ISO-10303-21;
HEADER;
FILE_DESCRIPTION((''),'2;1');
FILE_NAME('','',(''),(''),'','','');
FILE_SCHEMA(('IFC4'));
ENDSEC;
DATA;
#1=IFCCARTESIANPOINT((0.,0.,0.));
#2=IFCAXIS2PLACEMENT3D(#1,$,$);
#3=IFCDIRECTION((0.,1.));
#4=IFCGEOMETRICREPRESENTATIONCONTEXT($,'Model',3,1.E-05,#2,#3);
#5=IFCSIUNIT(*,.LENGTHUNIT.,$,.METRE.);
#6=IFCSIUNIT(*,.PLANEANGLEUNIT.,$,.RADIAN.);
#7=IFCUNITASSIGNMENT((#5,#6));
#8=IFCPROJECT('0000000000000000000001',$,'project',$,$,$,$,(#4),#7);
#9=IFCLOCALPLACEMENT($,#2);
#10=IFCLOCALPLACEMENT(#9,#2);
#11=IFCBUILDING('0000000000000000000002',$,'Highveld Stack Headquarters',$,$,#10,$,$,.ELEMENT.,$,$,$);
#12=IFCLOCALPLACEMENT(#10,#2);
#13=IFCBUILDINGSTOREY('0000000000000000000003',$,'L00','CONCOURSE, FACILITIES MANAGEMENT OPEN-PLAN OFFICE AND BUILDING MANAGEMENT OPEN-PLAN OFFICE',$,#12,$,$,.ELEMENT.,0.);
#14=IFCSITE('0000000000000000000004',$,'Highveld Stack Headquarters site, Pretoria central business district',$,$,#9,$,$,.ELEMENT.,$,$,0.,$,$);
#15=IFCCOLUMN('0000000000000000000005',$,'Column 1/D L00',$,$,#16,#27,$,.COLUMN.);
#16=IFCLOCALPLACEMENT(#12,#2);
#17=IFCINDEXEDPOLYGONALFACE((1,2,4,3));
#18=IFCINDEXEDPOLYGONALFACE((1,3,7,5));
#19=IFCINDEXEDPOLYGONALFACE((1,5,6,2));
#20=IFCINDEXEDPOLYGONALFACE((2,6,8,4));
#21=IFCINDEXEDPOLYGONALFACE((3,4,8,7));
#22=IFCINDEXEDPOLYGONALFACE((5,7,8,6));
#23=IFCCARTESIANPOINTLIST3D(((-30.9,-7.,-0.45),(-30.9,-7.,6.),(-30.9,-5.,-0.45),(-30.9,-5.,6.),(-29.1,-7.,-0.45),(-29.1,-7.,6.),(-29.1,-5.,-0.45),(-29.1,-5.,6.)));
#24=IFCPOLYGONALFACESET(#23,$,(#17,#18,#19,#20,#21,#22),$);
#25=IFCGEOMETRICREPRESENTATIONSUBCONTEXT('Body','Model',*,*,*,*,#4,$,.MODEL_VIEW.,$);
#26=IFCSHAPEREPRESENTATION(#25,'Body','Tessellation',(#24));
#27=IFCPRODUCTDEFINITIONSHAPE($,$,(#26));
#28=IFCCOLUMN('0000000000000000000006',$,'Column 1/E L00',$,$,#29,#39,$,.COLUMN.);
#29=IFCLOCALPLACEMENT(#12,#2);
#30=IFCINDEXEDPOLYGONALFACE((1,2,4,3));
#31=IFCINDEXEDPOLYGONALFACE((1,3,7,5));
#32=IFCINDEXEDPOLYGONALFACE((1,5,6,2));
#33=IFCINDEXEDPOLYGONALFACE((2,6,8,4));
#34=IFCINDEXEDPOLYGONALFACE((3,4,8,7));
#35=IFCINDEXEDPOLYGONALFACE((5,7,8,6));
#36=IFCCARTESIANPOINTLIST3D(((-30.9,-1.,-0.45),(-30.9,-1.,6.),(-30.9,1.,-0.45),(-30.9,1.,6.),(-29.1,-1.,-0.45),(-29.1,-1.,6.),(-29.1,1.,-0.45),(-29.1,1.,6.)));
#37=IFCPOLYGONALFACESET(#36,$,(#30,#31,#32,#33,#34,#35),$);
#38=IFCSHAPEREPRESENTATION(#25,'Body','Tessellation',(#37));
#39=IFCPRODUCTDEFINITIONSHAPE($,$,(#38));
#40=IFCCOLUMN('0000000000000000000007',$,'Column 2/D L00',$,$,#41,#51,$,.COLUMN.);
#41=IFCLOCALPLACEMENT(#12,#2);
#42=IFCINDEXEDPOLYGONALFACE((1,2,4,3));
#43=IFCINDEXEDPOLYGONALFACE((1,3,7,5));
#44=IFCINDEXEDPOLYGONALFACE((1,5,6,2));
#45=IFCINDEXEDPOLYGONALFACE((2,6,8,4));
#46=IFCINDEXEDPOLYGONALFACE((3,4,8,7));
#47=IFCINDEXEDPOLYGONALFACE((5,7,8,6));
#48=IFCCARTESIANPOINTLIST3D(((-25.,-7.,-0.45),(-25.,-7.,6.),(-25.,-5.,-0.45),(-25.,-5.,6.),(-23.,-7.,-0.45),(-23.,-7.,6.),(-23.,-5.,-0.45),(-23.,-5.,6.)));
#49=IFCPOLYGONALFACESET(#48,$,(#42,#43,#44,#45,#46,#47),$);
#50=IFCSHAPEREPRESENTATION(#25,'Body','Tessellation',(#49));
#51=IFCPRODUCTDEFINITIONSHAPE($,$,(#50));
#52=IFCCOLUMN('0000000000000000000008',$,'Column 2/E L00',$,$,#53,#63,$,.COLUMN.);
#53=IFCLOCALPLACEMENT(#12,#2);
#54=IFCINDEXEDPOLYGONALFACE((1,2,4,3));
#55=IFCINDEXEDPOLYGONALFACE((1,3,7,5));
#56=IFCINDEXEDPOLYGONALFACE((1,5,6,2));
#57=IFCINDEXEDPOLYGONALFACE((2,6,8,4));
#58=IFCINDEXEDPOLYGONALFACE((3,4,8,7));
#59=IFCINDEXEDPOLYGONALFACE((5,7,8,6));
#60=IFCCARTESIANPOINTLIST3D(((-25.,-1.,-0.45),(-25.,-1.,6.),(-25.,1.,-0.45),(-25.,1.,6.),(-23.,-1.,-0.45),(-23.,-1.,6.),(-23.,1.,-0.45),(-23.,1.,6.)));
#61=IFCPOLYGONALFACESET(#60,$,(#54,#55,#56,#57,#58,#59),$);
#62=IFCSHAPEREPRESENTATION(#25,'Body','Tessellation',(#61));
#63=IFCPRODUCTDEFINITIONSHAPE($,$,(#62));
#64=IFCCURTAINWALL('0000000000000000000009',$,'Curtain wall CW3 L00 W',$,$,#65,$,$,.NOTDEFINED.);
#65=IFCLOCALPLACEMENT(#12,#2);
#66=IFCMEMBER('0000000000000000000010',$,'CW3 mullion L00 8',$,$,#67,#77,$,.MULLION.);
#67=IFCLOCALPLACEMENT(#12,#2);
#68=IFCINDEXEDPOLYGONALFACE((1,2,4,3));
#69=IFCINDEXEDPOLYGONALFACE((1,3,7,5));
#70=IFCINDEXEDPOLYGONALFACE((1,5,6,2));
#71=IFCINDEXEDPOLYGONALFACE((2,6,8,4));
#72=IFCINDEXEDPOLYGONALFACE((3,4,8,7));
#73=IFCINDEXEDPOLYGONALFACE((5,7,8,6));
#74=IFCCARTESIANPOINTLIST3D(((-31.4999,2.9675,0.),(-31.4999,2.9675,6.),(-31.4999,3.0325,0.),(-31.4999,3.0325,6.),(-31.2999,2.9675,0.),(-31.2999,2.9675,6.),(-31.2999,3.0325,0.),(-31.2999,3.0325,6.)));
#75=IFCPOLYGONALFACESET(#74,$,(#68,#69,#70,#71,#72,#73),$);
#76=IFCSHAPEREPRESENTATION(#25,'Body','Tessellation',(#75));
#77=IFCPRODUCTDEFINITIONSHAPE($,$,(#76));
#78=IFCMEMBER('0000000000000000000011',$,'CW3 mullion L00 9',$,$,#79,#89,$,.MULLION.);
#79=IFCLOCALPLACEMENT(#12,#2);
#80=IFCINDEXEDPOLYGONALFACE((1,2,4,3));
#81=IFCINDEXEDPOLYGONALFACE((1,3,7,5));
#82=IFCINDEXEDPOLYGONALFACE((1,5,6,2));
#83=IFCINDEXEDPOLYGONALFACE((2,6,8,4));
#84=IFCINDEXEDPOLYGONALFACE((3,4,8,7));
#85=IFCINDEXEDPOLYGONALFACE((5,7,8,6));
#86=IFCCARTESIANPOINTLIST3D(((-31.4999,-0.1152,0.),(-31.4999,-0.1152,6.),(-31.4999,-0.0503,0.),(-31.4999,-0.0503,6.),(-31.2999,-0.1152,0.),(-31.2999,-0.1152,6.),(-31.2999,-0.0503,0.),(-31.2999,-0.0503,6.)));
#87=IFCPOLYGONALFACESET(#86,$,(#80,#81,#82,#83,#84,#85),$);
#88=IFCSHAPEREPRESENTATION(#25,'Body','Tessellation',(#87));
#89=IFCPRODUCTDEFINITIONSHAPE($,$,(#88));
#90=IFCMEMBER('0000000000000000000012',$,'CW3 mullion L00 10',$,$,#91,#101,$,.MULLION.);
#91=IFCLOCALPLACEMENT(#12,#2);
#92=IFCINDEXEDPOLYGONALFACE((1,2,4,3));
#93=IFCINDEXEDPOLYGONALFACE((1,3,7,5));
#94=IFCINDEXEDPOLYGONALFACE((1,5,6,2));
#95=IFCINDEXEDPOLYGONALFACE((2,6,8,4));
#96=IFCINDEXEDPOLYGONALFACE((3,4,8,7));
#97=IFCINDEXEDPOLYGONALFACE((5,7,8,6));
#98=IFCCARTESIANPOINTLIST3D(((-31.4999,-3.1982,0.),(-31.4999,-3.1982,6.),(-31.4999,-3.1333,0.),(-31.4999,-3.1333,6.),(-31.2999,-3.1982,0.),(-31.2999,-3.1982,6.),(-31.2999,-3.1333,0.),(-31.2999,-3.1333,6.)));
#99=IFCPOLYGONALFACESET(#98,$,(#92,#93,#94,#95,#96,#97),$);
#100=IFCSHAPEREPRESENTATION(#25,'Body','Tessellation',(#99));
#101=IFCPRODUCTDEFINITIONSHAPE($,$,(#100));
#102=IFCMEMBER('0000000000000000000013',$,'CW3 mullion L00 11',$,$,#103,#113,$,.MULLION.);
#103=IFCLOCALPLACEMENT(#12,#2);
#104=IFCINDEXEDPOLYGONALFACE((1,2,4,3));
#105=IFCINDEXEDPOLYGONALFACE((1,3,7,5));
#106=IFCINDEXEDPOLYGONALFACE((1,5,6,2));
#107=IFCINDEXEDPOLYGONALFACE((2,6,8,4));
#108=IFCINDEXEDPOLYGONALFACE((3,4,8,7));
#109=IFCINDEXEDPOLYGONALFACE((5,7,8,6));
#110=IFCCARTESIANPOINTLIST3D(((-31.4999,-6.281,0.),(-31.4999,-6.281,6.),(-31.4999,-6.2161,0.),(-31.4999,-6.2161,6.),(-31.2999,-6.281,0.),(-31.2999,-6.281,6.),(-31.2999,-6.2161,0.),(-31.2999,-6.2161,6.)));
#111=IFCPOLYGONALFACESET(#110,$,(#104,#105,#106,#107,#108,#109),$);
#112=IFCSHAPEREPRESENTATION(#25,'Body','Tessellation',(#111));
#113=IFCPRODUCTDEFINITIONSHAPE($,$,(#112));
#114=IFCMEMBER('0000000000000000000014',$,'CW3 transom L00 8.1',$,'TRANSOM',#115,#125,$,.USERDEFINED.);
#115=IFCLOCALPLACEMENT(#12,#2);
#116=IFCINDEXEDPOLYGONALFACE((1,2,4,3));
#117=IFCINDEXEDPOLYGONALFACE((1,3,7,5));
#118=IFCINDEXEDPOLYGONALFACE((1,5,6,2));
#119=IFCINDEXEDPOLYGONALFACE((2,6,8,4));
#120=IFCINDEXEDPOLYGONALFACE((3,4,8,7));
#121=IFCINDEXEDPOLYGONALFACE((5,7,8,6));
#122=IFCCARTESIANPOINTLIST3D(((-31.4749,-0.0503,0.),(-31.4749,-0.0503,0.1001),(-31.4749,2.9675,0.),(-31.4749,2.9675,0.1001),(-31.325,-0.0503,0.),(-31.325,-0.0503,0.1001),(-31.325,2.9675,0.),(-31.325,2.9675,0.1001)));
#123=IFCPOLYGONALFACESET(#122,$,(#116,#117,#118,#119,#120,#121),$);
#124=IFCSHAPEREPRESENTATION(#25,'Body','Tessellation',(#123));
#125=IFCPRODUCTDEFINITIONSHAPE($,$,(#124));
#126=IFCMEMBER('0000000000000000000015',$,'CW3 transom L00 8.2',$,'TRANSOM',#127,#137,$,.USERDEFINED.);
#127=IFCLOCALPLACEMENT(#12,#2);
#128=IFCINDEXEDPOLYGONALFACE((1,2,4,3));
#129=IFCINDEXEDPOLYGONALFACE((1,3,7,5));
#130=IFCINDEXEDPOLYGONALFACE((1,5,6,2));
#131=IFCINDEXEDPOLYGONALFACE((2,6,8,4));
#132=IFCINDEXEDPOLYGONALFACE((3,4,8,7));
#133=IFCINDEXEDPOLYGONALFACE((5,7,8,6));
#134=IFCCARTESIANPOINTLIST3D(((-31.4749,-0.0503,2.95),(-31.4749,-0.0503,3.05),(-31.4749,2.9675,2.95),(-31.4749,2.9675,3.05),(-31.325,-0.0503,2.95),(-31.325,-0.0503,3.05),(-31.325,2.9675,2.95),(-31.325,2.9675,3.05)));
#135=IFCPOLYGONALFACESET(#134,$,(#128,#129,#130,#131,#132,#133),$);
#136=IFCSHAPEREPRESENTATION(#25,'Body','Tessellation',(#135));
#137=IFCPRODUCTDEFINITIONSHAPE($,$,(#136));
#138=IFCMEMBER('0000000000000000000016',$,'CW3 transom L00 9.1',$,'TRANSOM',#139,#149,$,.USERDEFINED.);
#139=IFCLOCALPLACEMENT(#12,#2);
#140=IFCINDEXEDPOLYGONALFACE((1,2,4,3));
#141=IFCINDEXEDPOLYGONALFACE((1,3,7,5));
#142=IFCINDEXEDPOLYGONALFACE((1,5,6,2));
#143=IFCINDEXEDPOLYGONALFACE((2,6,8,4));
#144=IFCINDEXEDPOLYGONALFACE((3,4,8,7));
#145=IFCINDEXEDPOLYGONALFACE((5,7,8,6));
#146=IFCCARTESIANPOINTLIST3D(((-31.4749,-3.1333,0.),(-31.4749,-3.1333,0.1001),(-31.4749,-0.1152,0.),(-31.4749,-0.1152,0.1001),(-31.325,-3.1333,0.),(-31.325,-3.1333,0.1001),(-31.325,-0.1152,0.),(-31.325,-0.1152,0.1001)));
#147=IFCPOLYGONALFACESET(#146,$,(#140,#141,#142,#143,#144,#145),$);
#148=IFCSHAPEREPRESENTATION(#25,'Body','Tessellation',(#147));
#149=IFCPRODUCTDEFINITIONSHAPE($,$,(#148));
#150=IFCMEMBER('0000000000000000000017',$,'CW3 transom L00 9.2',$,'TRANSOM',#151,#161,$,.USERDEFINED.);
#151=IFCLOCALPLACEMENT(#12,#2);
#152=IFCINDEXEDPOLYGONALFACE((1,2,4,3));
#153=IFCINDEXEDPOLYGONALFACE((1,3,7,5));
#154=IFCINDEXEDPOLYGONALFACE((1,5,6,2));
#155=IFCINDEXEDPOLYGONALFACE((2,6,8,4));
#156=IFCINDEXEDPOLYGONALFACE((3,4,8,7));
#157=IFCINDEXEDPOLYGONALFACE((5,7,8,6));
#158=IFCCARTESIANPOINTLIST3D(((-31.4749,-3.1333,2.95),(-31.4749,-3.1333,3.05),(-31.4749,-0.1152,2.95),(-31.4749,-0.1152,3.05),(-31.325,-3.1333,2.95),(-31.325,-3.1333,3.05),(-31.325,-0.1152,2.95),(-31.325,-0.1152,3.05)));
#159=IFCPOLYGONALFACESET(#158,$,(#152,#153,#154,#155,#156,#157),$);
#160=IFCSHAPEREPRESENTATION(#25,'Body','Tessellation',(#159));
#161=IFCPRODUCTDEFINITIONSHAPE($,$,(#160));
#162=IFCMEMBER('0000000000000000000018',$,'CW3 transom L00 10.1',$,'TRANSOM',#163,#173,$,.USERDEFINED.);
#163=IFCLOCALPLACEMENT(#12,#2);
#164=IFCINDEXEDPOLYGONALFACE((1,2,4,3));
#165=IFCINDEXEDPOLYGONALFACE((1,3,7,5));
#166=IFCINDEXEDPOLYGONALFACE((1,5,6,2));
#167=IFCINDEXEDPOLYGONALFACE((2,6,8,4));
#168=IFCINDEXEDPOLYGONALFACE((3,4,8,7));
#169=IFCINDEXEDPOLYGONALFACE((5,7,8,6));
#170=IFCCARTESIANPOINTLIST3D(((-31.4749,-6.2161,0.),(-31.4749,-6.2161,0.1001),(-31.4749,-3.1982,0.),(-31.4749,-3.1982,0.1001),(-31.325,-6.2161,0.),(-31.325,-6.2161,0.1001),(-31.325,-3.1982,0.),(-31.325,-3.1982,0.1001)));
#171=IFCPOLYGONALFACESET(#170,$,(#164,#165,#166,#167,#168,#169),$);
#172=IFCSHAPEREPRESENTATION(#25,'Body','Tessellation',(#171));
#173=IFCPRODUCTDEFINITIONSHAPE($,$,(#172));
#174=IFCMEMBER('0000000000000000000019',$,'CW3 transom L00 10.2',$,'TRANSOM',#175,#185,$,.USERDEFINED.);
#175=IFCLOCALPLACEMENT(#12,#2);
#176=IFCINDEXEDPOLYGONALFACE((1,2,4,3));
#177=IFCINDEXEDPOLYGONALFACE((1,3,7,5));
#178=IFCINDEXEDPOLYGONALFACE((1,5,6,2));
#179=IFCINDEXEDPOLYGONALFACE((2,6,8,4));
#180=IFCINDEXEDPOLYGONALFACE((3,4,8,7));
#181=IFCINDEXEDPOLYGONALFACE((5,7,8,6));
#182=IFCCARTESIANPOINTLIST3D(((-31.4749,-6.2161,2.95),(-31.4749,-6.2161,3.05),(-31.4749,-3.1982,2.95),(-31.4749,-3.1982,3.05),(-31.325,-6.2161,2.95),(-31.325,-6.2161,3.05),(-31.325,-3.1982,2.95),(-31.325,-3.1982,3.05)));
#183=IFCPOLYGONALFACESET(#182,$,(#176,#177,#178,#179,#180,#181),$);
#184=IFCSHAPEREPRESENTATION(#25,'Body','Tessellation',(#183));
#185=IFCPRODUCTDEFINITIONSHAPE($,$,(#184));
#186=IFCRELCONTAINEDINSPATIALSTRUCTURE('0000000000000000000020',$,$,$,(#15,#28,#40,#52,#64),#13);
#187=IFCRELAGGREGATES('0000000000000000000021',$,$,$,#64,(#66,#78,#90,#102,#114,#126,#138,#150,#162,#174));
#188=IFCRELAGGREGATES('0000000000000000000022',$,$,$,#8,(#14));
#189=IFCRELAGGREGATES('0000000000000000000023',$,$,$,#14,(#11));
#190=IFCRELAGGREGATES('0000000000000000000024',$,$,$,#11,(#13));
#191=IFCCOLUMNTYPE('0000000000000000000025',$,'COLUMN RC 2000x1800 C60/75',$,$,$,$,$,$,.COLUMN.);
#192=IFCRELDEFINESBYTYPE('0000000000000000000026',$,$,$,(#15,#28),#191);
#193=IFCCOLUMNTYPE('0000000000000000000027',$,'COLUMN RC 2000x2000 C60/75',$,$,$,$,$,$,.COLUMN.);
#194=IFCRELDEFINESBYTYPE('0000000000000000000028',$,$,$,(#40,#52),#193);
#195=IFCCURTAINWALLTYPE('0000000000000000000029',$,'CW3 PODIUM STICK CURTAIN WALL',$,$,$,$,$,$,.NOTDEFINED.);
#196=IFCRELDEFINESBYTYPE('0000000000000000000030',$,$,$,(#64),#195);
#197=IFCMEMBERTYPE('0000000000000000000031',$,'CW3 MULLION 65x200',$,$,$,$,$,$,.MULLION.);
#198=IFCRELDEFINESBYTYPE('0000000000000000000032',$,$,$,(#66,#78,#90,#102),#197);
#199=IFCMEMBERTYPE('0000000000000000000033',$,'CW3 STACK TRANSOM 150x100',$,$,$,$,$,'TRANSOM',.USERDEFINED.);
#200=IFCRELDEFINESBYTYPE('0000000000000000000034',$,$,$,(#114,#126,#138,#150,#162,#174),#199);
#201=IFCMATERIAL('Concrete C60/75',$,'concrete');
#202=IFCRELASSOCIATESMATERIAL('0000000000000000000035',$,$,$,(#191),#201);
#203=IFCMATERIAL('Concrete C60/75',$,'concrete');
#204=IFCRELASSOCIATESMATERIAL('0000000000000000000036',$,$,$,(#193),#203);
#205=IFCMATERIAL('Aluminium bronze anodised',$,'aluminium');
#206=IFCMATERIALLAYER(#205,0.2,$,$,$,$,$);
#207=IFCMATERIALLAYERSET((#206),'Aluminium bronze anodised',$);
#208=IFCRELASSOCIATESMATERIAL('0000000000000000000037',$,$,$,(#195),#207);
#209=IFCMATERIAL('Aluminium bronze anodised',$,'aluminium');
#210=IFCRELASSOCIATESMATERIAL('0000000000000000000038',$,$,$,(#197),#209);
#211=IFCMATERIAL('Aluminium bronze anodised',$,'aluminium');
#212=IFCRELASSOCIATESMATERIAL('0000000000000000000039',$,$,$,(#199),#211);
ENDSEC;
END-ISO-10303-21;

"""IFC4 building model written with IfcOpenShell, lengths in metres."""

from ifc_helpers import new_model, si_unit, direction, frame, origin, origin_2d, place, context, subcontext, project, spatial, rectangle, extrude, material, layer, layer_set, material_profile, profile_set, type_object, element, aggregate, save


model = new_model("IFC4")

# Units and contexts
model_context = context("Model", 3, precision=1e-05, world=origin(), true_north=direction((0.0, 1.0)))
body_context = subcontext(model_context, "Body", "Model", "MODEL_VIEW")
ifc_project = project(units=[si_unit("LENGTHUNIT", "METRE"), si_unit("PLANEANGLEUNIT", "RADIAN")], contexts=[model_context])

# Site, building, storey
site_placement = place(None, origin())
site = spatial("IfcSite", under=ifc_project, at=site_placement, Name="Highveld Stack Headquarters site, Pretoria central business district", CompositionType="ELEMENT", RefElevation=0.0)
building_placement = place(site_placement, origin())
building = spatial("IfcBuilding", under=site, at=building_placement, Name="Highveld Stack Headquarters", CompositionType="ELEMENT")
storey_placement = place(building_placement, origin())
storey = spatial("IfcBuildingStorey", under=building, at=storey_placement, Name="L00", Description="CONCOURSE, FACILITIES MANAGEMENT OPEN-PLAN OFFICE AND BUILDING MANAGEMENT OPEN-PLAN OFFICE", CompositionType="ELEMENT", Elevation=0.0)

# Columns
ifc_material_1 = material(Name="Concrete C60/75", Category="concrete")
ifc_material_profile_1 = material_profile(ifc_material_1, rectangle(XDim=2.0, YDim=1.8, at=origin_2d()), Name="RC 2000x1800")
ifc_profile_set_1 = profile_set([ifc_material_profile_1], Name="Concrete C60/75")
column_type_1 = type_object("IfcColumnType", Name="COLUMN RC 2000x1800 C60/75", PredefinedType="COLUMN", material=ifc_profile_set_1)
for number, where, z_axis, x_axis, name in (
    (1, (-30.0, -6.0, -0.45), (0.0, 0.0, 1.0), (0.0, 1.0, 0.0), "Column 1/D L00"),
    (2, (-30.0, 0.0, -0.45), (0.0, 0.0, 1.0), (0.0, 1.0, 0.0), "Column 1/E L00"),
):
    element("IfcColumn", number, at=place(storey_placement, frame(where, z_axis=z_axis, x_axis=x_axis)), inside=storey, type_object=column_type_1, Name=name, PredefinedType="COLUMN", context=body_context, shape_type="SweptSolid", body=[
        extrude(rectangle(XDim=2.0, YDim=1.8, at=origin_2d()), origin(), (0.0, 0.0, 1.0), 6.45),
    ])
ifc_material_2 = material(Name="Concrete C60/75", Category="concrete")
ifc_material_profile_2 = material_profile(ifc_material_2, rectangle(XDim=2.0, YDim=2.0, at=origin_2d()), Name="RC 2000x2000")
ifc_profile_set_2 = profile_set([ifc_material_profile_2], Name="Concrete C60/75")
column_type_2 = type_object("IfcColumnType", Name="COLUMN RC 2000x2000 C60/75", PredefinedType="COLUMN", material=ifc_profile_set_2)
for number, where, z_axis, x_axis, name in (
    (3, (-24.0, -6.0, -0.45), (0.0, 0.0, 1.0), (1.0, 0.0, 0.0), "Column 2/D L00"),
    (4, (-24.0, 0.0, -0.45), (0.0, 0.0, 1.0), (1.0, 0.0, 0.0), "Column 2/E L00"),
):
    element("IfcColumn", number, at=place(storey_placement, frame(where, z_axis=z_axis, x_axis=x_axis)), inside=storey, type_object=column_type_2, Name=name, PredefinedType="COLUMN", context=body_context, shape_type="SweptSolid", body=[
        extrude(rectangle(XDim=2.0, YDim=2.0, at=origin_2d()), origin(), (0.0, 0.0, 1.0), 6.45),
    ])

# Curtain wall, members
ifc_material_3 = material(Name="Aluminium bronze anodised", Category="aluminium")
ifc_layer_1 = layer(ifc_material_3, 0.2)
ifc_layer_set_1 = layer_set([ifc_layer_1], Name="Aluminium bronze anodised")
curtain_wall_type = type_object("IfcCurtainWallType", Name="CW3 PODIUM STICK CURTAIN WALL", PredefinedType="NOTDEFINED", material=ifc_layer_set_1)
curtain_wall_placement = place(storey_placement, origin())
curtain_wall = element("IfcCurtainWall", 5, at=curtain_wall_placement, inside=storey, type_object=curtain_wall_type, Name="Curtain wall CW3 L00 W", PredefinedType="NOTDEFINED")
ifc_material_4 = material(Name="Aluminium bronze anodised", Category="aluminium")
ifc_material_profile_3 = material_profile(ifc_material_4, rectangle(XDim=0.2, YDim=0.0649, at=origin_2d()), Name="CW3 MULLION 65x200")
ifc_profile_set_3 = profile_set([ifc_material_profile_3], Name="Aluminium bronze anodised")
member_type_1 = type_object("IfcMemberType", Name="CW3 MULLION 65x200", PredefinedType="MULLION", material=ifc_profile_set_3)
member_1_placement = place(storey_placement, frame((-31.3999, 3.0, 0.0), z_axis=(0.0, 0.0, 1.0), x_axis=(1.0, 0.0, 0.0)))
member_1 = element("IfcMember", 6, at=member_1_placement, type_object=member_type_1, Name="CW3 mullion L00 8", PredefinedType="MULLION", context=body_context, shape_type="SweptSolid", body=[
    extrude(rectangle(XDim=0.2, YDim=0.0649, at=origin_2d()), origin(), (0.0, 0.0, 1.0), 6.0),
])
member_2_placement = place(storey_placement, frame((-31.3999, -0.0828, 0.0), z_axis=(0.0, 0.0, 1.0), x_axis=(1.0, 0.0, 0.0)))
member_2 = element("IfcMember", 7, at=member_2_placement, type_object=member_type_1, Name="CW3 mullion L00 9", PredefinedType="MULLION", context=body_context, shape_type="SweptSolid", body=[
    extrude(rectangle(XDim=0.2, YDim=0.0649, at=origin_2d()), origin(), (0.0, 0.0, 1.0), 6.0),
])
member_3_placement = place(storey_placement, frame((-31.3999, -3.1658, 0.0), z_axis=(0.0, 0.0, 1.0), x_axis=(1.0, 0.0, 0.0)))
member_3 = element("IfcMember", 8, at=member_3_placement, type_object=member_type_1, Name="CW3 mullion L00 10", PredefinedType="MULLION", context=body_context, shape_type="SweptSolid", body=[
    extrude(rectangle(XDim=0.2, YDim=0.0649, at=origin_2d()), origin(), (0.0, 0.0, 1.0), 6.0),
])
member_4_placement = place(storey_placement, frame((-31.3999, -6.2485, 0.0), z_axis=(0.0, 0.0, 1.0), x_axis=(1.0, 0.0, 0.0)))
member_4 = element("IfcMember", 9, at=member_4_placement, type_object=member_type_1, Name="CW3 mullion L00 11", PredefinedType="MULLION", context=body_context, shape_type="SweptSolid", body=[
    extrude(rectangle(XDim=0.2, YDim=0.0649, at=origin_2d()), origin(), (0.0, 0.0, 1.0), 6.0),
])
ifc_material_5 = material(Name="Aluminium bronze anodised", Category="aluminium")
ifc_material_profile_4 = material_profile(ifc_material_5, rectangle(XDim=0.1499, YDim=0.1001, at=origin_2d()), Name="CW3 TRANSOM 150x100")
ifc_profile_set_4 = profile_set([ifc_material_profile_4], Name="Aluminium bronze anodised")
member_type_2 = type_object("IfcMemberType", Name="CW3 STACK TRANSOM 150x100", ElementType="TRANSOM", PredefinedType="USERDEFINED", material=ifc_profile_set_4)
member_5_placement = place(storey_placement, frame((-31.3999, 2.9675, 0.05), z_axis=(0.0, -1.0, 0.0), x_axis=(1.0, 0.0, 0.0)))
member_5 = element("IfcMember", 10, at=member_5_placement, type_object=member_type_2, Name="CW3 transom L00 8.1", ObjectType="TRANSOM", PredefinedType="USERDEFINED", context=body_context, shape_type="SweptSolid", body=[
    extrude(rectangle(XDim=0.1499, YDim=0.1001, at=origin_2d()), origin(), (0.0, 0.0, 1.0), 3.0178),
])
member_6_placement = place(storey_placement, frame((-31.3999, 2.9675, 3.0), z_axis=(0.0, -1.0, 0.0), x_axis=(1.0, 0.0, 0.0)))
member_6 = element("IfcMember", 11, at=member_6_placement, type_object=member_type_2, Name="CW3 transom L00 8.2", ObjectType="TRANSOM", PredefinedType="USERDEFINED", context=body_context, shape_type="SweptSolid", body=[
    extrude(rectangle(XDim=0.1499, YDim=0.1001, at=origin_2d()), origin(), (0.0, 0.0, 1.0), 3.0178),
])
member_7_placement = place(storey_placement, frame((-31.3999, -0.1152, 0.05), z_axis=(0.0, -1.0, 0.0), x_axis=(1.0, 0.0, 0.0)))
member_7 = element("IfcMember", 12, at=member_7_placement, type_object=member_type_2, Name="CW3 transom L00 9.1", ObjectType="TRANSOM", PredefinedType="USERDEFINED", context=body_context, shape_type="SweptSolid", body=[
    extrude(rectangle(XDim=0.1499, YDim=0.1001, at=origin_2d()), origin(), (0.0, 0.0, 1.0), 3.0181),
])
member_8_placement = place(storey_placement, frame((-31.3999, -0.1152, 3.0), z_axis=(0.0, -1.0, 0.0), x_axis=(1.0, 0.0, 0.0)))
member_8 = element("IfcMember", 13, at=member_8_placement, type_object=member_type_2, Name="CW3 transom L00 9.2", ObjectType="TRANSOM", PredefinedType="USERDEFINED", context=body_context, shape_type="SweptSolid", body=[
    extrude(rectangle(XDim=0.1499, YDim=0.1001, at=origin_2d()), origin(), (0.0, 0.0, 1.0), 3.0181),
])
member_9_placement = place(storey_placement, frame((-31.3999, -3.1982, 0.05), z_axis=(0.0, -1.0, 0.0), x_axis=(1.0, 0.0, 0.0)))
member_9 = element("IfcMember", 14, at=member_9_placement, type_object=member_type_2, Name="CW3 transom L00 10.1", ObjectType="TRANSOM", PredefinedType="USERDEFINED", context=body_context, shape_type="SweptSolid", body=[
    extrude(rectangle(XDim=0.1499, YDim=0.1001, at=origin_2d()), origin(), (0.0, 0.0, 1.0), 3.0178),
])
member_10_placement = place(storey_placement, frame((-31.3999, -3.1982, 3.0), z_axis=(0.0, -1.0, 0.0), x_axis=(1.0, 0.0, 0.0)))
member_10 = element("IfcMember", 15, at=member_10_placement, type_object=member_type_2, Name="CW3 transom L00 10.2", ObjectType="TRANSOM", PredefinedType="USERDEFINED", context=body_context, shape_type="SweptSolid", body=[
    extrude(rectangle(XDim=0.1499, YDim=0.1001, at=origin_2d()), origin(), (0.0, 0.0, 1.0), 3.0178),
])

aggregate(curtain_wall, [member_1, member_2, member_3, member_4, member_5, member_6, member_7, member_8, member_9, member_10])

save(model, "model.ifc")
